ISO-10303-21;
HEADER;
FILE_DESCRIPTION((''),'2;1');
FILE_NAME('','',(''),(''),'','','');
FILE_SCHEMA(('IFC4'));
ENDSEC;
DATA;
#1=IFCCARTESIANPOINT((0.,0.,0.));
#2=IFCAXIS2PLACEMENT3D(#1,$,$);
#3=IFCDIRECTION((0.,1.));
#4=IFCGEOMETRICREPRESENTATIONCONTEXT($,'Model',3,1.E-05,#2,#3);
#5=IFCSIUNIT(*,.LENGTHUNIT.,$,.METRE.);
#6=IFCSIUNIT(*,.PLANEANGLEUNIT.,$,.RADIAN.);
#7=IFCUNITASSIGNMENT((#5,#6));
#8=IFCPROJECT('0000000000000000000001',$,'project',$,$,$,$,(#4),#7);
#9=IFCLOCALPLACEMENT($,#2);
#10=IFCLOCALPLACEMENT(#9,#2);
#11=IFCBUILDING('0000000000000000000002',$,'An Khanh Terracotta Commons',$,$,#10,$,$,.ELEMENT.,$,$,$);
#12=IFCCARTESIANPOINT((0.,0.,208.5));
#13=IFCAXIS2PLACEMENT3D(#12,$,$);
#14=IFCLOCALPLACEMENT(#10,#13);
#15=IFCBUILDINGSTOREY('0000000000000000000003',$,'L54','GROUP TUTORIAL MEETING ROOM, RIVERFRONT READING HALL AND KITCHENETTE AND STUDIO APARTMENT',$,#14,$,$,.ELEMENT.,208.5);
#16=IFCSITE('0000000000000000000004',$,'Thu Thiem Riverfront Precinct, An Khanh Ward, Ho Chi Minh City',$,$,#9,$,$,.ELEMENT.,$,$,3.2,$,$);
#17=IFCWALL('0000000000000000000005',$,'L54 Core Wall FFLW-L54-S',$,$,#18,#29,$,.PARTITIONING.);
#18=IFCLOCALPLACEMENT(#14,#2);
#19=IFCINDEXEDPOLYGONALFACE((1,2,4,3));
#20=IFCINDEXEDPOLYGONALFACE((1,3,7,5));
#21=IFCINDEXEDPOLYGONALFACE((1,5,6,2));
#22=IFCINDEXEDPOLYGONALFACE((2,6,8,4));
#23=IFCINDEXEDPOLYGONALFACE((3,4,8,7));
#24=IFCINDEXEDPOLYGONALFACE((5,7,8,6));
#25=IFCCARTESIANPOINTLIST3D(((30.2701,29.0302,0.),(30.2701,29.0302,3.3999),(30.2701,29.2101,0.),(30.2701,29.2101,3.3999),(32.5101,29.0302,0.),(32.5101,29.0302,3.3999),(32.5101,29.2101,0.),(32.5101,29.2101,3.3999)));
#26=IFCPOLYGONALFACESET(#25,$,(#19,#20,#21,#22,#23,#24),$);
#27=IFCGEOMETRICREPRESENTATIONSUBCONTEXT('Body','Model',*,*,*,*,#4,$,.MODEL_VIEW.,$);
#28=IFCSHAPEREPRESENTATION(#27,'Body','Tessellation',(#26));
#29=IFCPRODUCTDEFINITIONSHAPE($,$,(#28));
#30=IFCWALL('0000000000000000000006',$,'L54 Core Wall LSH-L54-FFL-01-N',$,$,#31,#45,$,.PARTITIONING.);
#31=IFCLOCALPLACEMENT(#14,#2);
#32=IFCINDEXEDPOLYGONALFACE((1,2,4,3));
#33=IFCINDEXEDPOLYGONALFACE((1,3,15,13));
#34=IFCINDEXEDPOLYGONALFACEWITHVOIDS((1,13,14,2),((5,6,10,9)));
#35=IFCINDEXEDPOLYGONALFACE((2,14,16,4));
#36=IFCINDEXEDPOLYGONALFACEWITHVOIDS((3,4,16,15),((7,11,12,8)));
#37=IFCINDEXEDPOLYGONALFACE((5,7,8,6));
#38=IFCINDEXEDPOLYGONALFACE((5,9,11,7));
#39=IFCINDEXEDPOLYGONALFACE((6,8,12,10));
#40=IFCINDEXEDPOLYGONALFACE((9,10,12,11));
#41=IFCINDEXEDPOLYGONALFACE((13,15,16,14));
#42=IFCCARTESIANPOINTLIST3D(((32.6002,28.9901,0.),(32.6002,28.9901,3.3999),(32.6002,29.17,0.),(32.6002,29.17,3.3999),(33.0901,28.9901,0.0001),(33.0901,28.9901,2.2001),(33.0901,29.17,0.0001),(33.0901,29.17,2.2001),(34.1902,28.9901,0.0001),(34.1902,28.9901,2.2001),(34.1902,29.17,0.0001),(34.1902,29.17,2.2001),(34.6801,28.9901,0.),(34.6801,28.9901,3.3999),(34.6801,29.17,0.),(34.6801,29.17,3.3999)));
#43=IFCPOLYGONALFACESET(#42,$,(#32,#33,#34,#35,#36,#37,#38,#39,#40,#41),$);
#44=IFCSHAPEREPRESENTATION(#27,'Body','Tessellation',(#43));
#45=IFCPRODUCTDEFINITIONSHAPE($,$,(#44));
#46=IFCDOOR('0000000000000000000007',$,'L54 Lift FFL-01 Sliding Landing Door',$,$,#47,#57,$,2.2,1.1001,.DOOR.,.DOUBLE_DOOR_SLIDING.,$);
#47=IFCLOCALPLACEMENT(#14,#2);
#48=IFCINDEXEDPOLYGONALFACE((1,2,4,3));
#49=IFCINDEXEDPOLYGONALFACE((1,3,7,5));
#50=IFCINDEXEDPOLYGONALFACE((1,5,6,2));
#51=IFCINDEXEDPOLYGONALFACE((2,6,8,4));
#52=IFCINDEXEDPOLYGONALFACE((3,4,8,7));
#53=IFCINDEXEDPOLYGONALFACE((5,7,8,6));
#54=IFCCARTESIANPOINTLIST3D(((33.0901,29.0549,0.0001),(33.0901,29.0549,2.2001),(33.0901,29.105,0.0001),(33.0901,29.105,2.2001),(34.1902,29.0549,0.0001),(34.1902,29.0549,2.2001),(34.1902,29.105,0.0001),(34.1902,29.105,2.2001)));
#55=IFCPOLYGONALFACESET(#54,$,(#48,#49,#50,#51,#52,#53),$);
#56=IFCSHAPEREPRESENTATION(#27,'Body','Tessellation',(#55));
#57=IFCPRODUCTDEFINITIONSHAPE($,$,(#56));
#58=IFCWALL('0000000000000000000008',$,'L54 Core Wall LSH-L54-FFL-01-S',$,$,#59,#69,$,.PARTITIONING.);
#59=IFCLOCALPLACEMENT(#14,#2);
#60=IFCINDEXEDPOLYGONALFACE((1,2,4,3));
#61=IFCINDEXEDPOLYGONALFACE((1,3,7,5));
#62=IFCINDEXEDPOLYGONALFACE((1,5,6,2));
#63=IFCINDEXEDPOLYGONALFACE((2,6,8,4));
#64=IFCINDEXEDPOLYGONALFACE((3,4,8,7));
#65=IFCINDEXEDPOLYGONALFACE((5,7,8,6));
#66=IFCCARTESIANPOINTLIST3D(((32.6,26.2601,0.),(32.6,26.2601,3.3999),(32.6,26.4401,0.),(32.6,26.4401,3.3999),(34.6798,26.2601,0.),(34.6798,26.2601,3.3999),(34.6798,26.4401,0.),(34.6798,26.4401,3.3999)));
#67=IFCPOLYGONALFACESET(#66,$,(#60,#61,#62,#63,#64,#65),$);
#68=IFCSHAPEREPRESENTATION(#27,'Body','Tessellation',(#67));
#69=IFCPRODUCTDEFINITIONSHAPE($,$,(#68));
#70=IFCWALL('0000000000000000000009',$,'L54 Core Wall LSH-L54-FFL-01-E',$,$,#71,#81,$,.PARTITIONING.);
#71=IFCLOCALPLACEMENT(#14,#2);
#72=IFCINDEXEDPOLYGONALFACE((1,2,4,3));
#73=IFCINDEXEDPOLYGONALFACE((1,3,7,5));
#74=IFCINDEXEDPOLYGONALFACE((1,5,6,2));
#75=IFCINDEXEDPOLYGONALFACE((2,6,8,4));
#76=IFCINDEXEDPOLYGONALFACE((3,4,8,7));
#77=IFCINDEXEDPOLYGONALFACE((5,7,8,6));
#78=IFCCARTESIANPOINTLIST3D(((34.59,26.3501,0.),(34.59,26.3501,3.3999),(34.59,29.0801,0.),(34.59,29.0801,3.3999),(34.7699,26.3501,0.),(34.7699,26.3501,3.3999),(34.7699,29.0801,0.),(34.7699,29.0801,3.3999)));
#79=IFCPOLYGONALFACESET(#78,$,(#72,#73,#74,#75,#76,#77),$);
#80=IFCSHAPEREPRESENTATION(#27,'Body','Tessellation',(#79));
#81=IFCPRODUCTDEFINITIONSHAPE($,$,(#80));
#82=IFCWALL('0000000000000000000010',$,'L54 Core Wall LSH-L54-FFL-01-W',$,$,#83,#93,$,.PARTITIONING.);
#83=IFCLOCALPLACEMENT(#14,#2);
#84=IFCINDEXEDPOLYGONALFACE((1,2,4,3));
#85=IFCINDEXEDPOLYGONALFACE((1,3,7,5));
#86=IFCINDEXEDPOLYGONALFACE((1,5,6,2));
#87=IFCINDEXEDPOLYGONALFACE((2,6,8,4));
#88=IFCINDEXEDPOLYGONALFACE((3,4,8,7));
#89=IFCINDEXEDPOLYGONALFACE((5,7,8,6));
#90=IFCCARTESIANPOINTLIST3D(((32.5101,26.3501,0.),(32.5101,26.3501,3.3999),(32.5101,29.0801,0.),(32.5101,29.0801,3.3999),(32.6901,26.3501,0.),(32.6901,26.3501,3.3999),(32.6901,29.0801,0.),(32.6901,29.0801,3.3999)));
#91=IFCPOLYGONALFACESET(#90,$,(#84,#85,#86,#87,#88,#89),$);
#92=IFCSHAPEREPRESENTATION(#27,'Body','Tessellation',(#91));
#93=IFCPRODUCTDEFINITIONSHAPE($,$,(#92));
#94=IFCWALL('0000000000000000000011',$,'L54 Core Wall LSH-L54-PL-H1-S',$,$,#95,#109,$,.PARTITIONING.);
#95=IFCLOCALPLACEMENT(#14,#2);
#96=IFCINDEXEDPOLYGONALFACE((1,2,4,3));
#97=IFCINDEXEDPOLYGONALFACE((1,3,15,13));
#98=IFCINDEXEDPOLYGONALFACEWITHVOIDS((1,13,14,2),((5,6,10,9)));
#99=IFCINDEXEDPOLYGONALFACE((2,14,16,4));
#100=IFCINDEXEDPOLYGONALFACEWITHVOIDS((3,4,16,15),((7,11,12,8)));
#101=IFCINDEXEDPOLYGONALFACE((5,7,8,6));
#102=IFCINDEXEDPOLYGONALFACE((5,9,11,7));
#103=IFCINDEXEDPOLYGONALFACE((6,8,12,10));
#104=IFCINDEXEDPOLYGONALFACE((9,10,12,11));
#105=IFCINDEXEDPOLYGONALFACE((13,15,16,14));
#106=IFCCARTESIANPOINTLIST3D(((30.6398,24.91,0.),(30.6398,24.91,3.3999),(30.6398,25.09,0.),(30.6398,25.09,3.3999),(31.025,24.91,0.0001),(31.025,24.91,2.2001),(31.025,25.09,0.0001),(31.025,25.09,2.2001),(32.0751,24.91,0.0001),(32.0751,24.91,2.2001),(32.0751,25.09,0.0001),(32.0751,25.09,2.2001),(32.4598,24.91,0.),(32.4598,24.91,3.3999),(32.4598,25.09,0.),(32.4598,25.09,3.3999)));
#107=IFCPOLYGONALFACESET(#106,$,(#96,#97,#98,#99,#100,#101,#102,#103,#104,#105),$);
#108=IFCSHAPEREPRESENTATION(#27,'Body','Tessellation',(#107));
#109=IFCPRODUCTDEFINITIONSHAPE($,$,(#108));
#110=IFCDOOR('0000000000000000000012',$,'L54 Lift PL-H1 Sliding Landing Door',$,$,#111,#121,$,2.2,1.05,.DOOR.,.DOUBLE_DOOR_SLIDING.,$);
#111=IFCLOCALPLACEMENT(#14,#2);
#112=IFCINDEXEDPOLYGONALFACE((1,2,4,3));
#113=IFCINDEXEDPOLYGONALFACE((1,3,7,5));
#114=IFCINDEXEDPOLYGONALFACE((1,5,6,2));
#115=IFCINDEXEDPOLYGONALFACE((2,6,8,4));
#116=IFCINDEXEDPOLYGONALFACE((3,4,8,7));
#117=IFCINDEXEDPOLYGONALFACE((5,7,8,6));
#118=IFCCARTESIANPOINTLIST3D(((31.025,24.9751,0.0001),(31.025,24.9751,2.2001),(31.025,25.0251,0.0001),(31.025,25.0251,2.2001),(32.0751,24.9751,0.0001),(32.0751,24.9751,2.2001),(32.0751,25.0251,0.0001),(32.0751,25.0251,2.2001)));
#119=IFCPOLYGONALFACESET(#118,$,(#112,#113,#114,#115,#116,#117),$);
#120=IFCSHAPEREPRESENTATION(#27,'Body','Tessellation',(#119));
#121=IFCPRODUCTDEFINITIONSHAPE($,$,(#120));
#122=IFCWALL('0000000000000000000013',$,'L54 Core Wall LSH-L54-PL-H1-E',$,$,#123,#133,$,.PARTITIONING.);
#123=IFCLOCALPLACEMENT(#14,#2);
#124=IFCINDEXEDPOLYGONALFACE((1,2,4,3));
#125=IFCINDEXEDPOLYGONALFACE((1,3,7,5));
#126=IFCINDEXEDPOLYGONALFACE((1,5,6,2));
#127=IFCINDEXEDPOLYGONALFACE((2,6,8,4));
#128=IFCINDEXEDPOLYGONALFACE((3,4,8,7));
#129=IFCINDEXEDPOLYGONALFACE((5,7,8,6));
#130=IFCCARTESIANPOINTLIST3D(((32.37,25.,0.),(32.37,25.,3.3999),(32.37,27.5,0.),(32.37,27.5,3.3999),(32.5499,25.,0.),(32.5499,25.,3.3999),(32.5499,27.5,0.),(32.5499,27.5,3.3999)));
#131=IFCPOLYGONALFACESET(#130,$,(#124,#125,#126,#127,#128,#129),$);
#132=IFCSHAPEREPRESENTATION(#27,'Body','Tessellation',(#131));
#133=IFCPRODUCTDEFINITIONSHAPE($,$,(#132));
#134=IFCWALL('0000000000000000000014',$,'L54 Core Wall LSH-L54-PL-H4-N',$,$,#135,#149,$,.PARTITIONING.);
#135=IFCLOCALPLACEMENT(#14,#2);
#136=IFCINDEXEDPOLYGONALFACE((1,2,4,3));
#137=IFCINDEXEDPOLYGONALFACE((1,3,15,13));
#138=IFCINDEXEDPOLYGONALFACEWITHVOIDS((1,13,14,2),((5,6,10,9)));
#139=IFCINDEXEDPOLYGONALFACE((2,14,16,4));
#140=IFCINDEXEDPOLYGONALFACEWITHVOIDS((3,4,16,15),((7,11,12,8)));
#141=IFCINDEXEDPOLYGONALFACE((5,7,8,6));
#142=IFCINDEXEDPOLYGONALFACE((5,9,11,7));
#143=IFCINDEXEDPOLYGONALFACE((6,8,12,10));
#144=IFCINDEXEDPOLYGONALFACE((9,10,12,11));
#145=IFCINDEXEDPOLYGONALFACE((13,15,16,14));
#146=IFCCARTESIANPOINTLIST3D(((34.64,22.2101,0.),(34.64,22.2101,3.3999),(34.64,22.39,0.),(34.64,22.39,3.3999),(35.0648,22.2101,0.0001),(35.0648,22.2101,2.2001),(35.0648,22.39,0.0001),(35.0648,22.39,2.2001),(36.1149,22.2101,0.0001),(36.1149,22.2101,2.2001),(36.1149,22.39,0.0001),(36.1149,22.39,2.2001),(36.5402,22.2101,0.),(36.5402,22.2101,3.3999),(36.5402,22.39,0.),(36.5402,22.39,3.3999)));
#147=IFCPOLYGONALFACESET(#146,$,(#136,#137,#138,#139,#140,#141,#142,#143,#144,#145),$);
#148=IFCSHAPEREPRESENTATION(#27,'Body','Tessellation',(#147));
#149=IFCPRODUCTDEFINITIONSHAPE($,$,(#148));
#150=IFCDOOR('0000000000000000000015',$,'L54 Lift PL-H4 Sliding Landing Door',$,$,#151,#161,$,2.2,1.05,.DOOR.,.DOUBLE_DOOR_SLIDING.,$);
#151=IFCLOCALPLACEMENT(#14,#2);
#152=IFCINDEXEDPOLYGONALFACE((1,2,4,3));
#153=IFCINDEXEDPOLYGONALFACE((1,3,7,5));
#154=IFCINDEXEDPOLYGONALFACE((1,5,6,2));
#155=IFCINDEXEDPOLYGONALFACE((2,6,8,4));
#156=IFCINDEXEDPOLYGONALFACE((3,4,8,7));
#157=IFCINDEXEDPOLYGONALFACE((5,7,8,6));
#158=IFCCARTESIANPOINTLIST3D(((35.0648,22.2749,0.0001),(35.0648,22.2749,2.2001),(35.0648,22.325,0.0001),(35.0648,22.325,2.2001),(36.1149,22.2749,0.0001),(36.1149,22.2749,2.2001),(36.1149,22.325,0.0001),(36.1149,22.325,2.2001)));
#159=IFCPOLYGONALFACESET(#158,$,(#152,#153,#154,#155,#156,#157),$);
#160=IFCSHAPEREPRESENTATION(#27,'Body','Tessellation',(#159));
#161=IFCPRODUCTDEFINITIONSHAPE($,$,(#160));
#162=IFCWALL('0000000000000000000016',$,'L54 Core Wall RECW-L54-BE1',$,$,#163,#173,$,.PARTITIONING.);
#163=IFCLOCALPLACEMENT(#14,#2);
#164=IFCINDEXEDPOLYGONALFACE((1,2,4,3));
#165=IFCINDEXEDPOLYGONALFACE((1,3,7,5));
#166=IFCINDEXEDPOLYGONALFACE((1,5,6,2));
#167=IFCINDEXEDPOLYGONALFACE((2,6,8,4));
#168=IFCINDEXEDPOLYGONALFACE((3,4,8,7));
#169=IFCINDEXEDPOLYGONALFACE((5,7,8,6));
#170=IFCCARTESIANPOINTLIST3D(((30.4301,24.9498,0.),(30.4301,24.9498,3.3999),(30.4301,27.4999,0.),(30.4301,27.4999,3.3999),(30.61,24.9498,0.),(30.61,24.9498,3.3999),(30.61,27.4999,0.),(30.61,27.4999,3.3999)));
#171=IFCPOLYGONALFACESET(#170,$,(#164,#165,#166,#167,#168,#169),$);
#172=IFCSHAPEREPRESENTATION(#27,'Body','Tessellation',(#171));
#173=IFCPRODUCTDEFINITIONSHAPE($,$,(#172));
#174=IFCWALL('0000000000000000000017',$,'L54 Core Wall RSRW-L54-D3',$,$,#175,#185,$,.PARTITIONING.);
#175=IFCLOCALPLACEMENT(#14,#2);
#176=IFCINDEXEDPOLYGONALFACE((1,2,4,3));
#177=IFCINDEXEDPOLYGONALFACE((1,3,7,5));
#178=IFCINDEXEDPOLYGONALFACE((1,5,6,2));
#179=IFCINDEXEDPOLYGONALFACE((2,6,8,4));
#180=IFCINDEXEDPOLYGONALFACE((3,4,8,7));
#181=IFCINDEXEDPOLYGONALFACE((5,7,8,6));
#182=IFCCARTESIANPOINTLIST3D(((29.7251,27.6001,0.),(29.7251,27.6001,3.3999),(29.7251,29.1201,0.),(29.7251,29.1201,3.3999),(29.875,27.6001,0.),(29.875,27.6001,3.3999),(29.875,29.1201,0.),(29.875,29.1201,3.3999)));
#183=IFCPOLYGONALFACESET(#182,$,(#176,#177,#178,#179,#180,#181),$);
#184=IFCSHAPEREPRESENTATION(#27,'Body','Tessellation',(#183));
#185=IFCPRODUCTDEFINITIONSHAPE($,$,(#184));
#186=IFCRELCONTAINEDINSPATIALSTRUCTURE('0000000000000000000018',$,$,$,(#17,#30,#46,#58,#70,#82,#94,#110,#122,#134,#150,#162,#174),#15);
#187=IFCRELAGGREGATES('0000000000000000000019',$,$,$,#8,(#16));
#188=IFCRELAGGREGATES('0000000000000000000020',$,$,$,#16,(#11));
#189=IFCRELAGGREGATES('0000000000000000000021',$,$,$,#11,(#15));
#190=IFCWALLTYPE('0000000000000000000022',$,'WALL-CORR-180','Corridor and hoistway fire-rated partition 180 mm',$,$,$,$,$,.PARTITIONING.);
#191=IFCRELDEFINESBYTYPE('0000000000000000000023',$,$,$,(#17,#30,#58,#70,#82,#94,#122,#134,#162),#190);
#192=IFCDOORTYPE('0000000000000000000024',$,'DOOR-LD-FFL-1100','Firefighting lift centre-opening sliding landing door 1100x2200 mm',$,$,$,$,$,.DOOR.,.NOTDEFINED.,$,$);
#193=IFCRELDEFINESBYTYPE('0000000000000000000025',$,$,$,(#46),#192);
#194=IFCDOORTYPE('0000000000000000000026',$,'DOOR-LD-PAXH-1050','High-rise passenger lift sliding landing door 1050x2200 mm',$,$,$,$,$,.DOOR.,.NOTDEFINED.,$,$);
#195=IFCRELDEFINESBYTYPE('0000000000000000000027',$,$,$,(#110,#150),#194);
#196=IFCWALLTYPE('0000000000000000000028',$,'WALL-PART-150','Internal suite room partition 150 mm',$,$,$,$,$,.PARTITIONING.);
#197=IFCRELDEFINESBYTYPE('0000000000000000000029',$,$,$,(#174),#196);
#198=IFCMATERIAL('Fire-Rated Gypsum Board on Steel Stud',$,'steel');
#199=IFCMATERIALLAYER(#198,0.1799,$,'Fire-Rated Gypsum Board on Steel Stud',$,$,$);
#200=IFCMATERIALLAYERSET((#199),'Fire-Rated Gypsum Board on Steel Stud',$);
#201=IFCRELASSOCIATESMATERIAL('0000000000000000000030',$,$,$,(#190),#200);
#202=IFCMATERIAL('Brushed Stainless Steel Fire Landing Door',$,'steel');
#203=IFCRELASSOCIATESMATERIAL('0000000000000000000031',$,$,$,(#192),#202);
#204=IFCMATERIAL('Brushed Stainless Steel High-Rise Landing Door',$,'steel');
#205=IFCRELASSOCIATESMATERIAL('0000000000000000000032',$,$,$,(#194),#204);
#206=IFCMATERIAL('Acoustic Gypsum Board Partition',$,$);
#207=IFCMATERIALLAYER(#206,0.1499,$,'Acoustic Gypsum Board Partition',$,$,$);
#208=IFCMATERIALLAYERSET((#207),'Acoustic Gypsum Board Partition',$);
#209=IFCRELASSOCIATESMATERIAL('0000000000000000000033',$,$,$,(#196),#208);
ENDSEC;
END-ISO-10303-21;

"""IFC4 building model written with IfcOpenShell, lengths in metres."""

from ifc_helpers import new_model, si_unit, direction, frame, frame_2d, origin, place, context, subcontext, project, spatial, rectangle, extrude, material, layer, layer_set, type_object, element, fill, save


model = new_model("IFC4")

# Units and contexts
model_context = context("Model", 3, precision=1e-05, world=origin(), true_north=direction((0.0, 1.0)))
body_context = subcontext(model_context, "Body", "Model", "MODEL_VIEW")
ifc_project = project(units=[si_unit("LENGTHUNIT", "METRE"), si_unit("PLANEANGLEUNIT", "RADIAN")], contexts=[model_context])

# Site, building, storey
site_placement = place(None, origin())
site = spatial("IfcSite", under=ifc_project, at=site_placement, Name="Thu Thiem Riverfront Precinct, An Khanh Ward, Ho Chi Minh City", CompositionType="ELEMENT", RefElevation=3.2)
building_placement = place(site_placement, origin())
building = spatial("IfcBuilding", under=site, at=building_placement, Name="An Khanh Terracotta Commons", CompositionType="ELEMENT")
storey_placement = place(building_placement, frame((0.0, 0.0, 208.5)))
storey = spatial("IfcBuildingStorey", under=building, at=storey_placement, Name="L54", Description="GROUP TUTORIAL MEETING ROOM, RIVERFRONT READING HALL AND KITCHENETTE AND STUDIO APARTMENT", CompositionType="ELEMENT", Elevation=208.5)

# Wall
ifc_material_1 = material(Name="Fire-Rated Gypsum Board on Steel Stud", Category="steel")
ifc_layer_1 = layer(ifc_material_1, 0.1799, Name="Fire-Rated Gypsum Board on Steel Stud")
ifc_layer_set_1 = layer_set([ifc_layer_1], Name="Fire-Rated Gypsum Board on Steel Stud")
wall_type_1 = type_object("IfcWallType", Name="WALL-CORR-180", Description="Corridor and hoistway fire-rated partition 180 mm", PredefinedType="PARTITIONING", material=ifc_layer_set_1)
wall_1_placement = place(storey_placement, frame((30.27, 29.1201, 0.0), z_axis=(0.0, 0.0, 1.0), x_axis=(1.0, 0.0, 0.0)))
element("IfcWall", 1, at=wall_1_placement, inside=storey, type_object=wall_type_1, Name="L54 Core Wall FFLW-L54-S", PredefinedType="PARTITIONING", context=body_context, shape_type="SweptSolid", body=[
    extrude(rectangle(XDim=2.24, YDim=0.1799, at=frame_2d((1.1201, 0.0))), origin(), (0.0, 0.0, 1.0), 3.3999),
])

# Wall, opening, door
wall_2_placement = place(storey_placement, frame((32.6001, 29.0801, 0.0), z_axis=(0.0, 0.0, 1.0), x_axis=(1.0, 0.0, 0.0)))
wall_2 = element("IfcWall", 2, at=wall_2_placement, inside=storey, type_object=wall_type_1, Name="L54 Core Wall LSH-L54-FFL-01-N", PredefinedType="PARTITIONING", context=body_context, shape_type="SweptSolid", body=[
    extrude(rectangle(XDim=2.0798, YDim=0.1799, at=frame_2d((1.04, 0.0))), origin(), (0.0, 0.0, 1.0), 3.3999),
])
opening_1_placement = place(wall_2_placement, frame((0.49, 0.0, 0.0)))
opening_1 = element("IfcOpeningElement", 3, at=opening_1_placement, cuts=wall_2, PredefinedType="OPENING", context=body_context, shape_type="SweptSolid", body=[
    extrude(rectangle(XDim=1.1001, YDim=2.2, at=frame_2d((0.55, 1.1001))), frame((0.0, 0.0999, 0.0), z_axis=(0.0, -1.0, 0.0), x_axis=(1.0, 0.0, 0.0)), (0.0, 0.0, 1.0), 0.2),
])
ifc_material_2 = material(Name="Brushed Stainless Steel Fire Landing Door", Category="steel")
door_type_1 = type_object("IfcDoorType", Name="DOOR-LD-FFL-1100", Description="Firefighting lift centre-opening sliding landing door 1100x2200 mm", OperationType="NOTDEFINED", PredefinedType="DOOR", material=ifc_material_2)
door_1_placement = place(opening_1_placement, origin())
door_1 = element("IfcDoor", 4, at=door_1_placement, inside=storey, type_object=door_type_1, Name="L54 Lift FFL-01 Sliding Landing Door", OperationType="DOUBLE_DOOR_SLIDING", OverallHeight=2.2, OverallWidth=1.1001, PredefinedType="DOOR", context=body_context, shape_type="SweptSolid", body=[
    extrude(rectangle(XDim=1.1001, YDim=2.2, at=frame_2d((0.55, 1.1001))), frame((0.0, 0.0249, 0.0), z_axis=(0.0, -1.0, 0.0), x_axis=(1.0, 0.0, 0.0)), (0.0, 0.0, 1.0), 0.05),
])
fill(opening_1, door_1)

# Walls
wall_3_placement = place(storey_placement, frame((34.6799, 26.3501, 0.0), z_axis=(0.0, 0.0, 1.0), x_axis=(-1.0, 0.0, 0.0)))
element("IfcWall", 5, at=wall_3_placement, inside=storey, type_object=wall_type_1, Name="L54 Core Wall LSH-L54-FFL-01-S", PredefinedType="PARTITIONING", context=body_context, shape_type="SweptSolid", body=[
    extrude(rectangle(XDim=2.0798, YDim=0.1799, at=frame_2d((1.04, 0.0))), origin(), (0.0, 0.0, 1.0), 3.3999),
])
for number, where, z_axis, x_axis, name in (
    (6, (34.6799, 26.3501, 0.0), (0.0, 0.0, 1.0), (0.0, 1.0, 0.0), "L54 Core Wall LSH-L54-FFL-01-E"),
    (7, (32.6001, 29.0801, 0.0), (0.0, 0.0, 1.0), (0.0, -1.0, 0.0), "L54 Core Wall LSH-L54-FFL-01-W"),
):
    element("IfcWall", number, at=place(storey_placement, frame(where, z_axis=z_axis, x_axis=x_axis)), inside=storey, type_object=wall_type_1, Name=name, PredefinedType="PARTITIONING", context=body_context, shape_type="SweptSolid", body=[
        extrude(rectangle(XDim=2.73, YDim=0.1799, at=frame_2d((1.365, 0.0))), origin(), (0.0, 0.0, 1.0), 3.3999),
    ])

# Wall, opening, door
wall_4_placement = place(storey_placement, frame((32.46, 25.0, 0.0), z_axis=(0.0, 0.0, 1.0), x_axis=(-1.0, 0.0, 0.0)))
wall_4 = element("IfcWall", 8, at=wall_4_placement, inside=storey, type_object=wall_type_1, Name="L54 Core Wall LSH-L54-PL-H1-S", PredefinedType="PARTITIONING", context=body_context, shape_type="SweptSolid", body=[
    extrude(rectangle(XDim=1.8201, YDim=0.1799, at=frame_2d((0.9102, 0.0))), origin(), (0.0, 0.0, 1.0), 3.3999),
])
opening_2_placement = place(wall_4_placement, frame((0.385, 0.0, 0.0)))
opening_2 = element("IfcOpeningElement", 9, at=opening_2_placement, cuts=wall_4, PredefinedType="OPENING", context=body_context, shape_type="SweptSolid", body=[
    extrude(rectangle(XDim=1.05, YDim=2.2, at=frame_2d((0.5249, 1.1001))), frame((0.0, 0.0999, 0.0), z_axis=(0.0, -1.0, 0.0), x_axis=(1.0, 0.0, 0.0)), (0.0, 0.0, 1.0), 0.2),
])
ifc_material_3 = material(Name="Brushed Stainless Steel High-Rise Landing Door", Category="steel")
door_type_2 = type_object("IfcDoorType", Name="DOOR-LD-PAXH-1050", Description="High-rise passenger lift sliding landing door 1050x2200 mm", OperationType="NOTDEFINED", PredefinedType="DOOR", material=ifc_material_3)
door_2_placement = place(opening_2_placement, origin())
door_2 = element("IfcDoor", 10, at=door_2_placement, inside=storey, type_object=door_type_2, Name="L54 Lift PL-H1 Sliding Landing Door", OperationType="DOUBLE_DOOR_SLIDING", OverallHeight=2.2, OverallWidth=1.05, PredefinedType="DOOR", context=body_context, shape_type="SweptSolid", body=[
    extrude(rectangle(XDim=1.05, YDim=2.2, at=frame_2d((0.5249, 1.1001))), frame((0.0, 0.0249, 0.0), z_axis=(0.0, -1.0, 0.0), x_axis=(1.0, 0.0, 0.0)), (0.0, 0.0, 1.0), 0.05),
])
fill(opening_2, door_2)

# Wall
wall_5_placement = place(storey_placement, frame((32.46, 25.0, 0.0), z_axis=(0.0, 0.0, 1.0), x_axis=(0.0, 1.0, 0.0)))
element("IfcWall", 11, at=wall_5_placement, inside=storey, type_object=wall_type_1, Name="L54 Core Wall LSH-L54-PL-H1-E", PredefinedType="PARTITIONING", context=body_context, shape_type="SweptSolid", body=[
    extrude(rectangle(XDim=2.5, YDim=0.1799, at=frame_2d((1.25, 0.0))), origin(), (0.0, 0.0, 1.0), 3.3999),
])

# Wall, opening, door
wall_6_placement = place(storey_placement, frame((34.6399, 22.3, 0.0), z_axis=(0.0, 0.0, 1.0), x_axis=(1.0, 0.0, 0.0)))
wall_6 = element("IfcWall", 12, at=wall_6_placement, inside=storey, type_object=wall_type_1, Name="L54 Core Wall LSH-L54-PL-H4-N", PredefinedType="PARTITIONING", context=body_context, shape_type="SweptSolid", body=[
    extrude(rectangle(XDim=1.9001, YDim=0.1799, at=frame_2d((0.9502, 0.0))), origin(), (0.0, 0.0, 1.0), 3.3999),
])
opening_3_placement = place(wall_6_placement, frame((0.425, 0.0, 0.0)))
opening_3 = element("IfcOpeningElement", 13, at=opening_3_placement, cuts=wall_6, PredefinedType="OPENING", context=body_context, shape_type="SweptSolid", body=[
    extrude(rectangle(XDim=1.05, YDim=2.2, at=frame_2d((0.5249, 1.1001))), frame((0.0, 0.0999, 0.0), z_axis=(0.0, -1.0, 0.0), x_axis=(1.0, 0.0, 0.0)), (0.0, 0.0, 1.0), 0.2),
])
door_3_placement = place(opening_3_placement, origin())
door_3 = element("IfcDoor", 14, at=door_3_placement, inside=storey, type_object=door_type_2, Name="L54 Lift PL-H4 Sliding Landing Door", OperationType="DOUBLE_DOOR_SLIDING", OverallHeight=2.2, OverallWidth=1.05, PredefinedType="DOOR", context=body_context, shape_type="SweptSolid", body=[
    extrude(rectangle(XDim=1.05, YDim=2.2, at=frame_2d((0.5249, 1.1001))), frame((0.0, 0.0249, 0.0), z_axis=(0.0, -1.0, 0.0), x_axis=(1.0, 0.0, 0.0)), (0.0, 0.0, 1.0), 0.05),
])
fill(opening_3, door_3)

# Walls
wall_7_placement = place(storey_placement, frame((30.52, 24.95, 0.0), z_axis=(0.0, 0.0, 1.0), x_axis=(0.0, 1.0, 0.0)))
element("IfcWall", 15, at=wall_7_placement, inside=storey, type_object=wall_type_1, Name="L54 Core Wall RECW-L54-BE1", PredefinedType="PARTITIONING", context=body_context, shape_type="SweptSolid", body=[
    extrude(rectangle(XDim=2.55, YDim=0.1799, at=frame_2d((1.2749, 0.0))), origin(), (0.0, 0.0, 1.0), 3.3999),
])
ifc_material_4 = material(Name="Acoustic Gypsum Board Partition")
ifc_layer_2 = layer(ifc_material_4, 0.1499, Name="Acoustic Gypsum Board Partition")
ifc_layer_set_2 = layer_set([ifc_layer_2], Name="Acoustic Gypsum Board Partition")
wall_type_2 = type_object("IfcWallType", Name="WALL-PART-150", Description="Internal suite room partition 150 mm", PredefinedType="PARTITIONING", material=ifc_layer_set_2)
wall_8_placement = place(storey_placement, frame((29.8, 27.6001, 0.0), z_axis=(0.0, 0.0, 1.0), x_axis=(0.0, 1.0, 0.0)))
element("IfcWall", 16, at=wall_8_placement, inside=storey, type_object=wall_type_2, Name="L54 Core Wall RSRW-L54-D3", PredefinedType="PARTITIONING", context=body_context, shape_type="SweptSolid", body=[
    extrude(rectangle(XDim=1.52, YDim=0.1499, at=frame_2d((0.76, 0.0))), origin(), (0.0, 0.0, 1.0), 3.3999),
])

save(model, "model.ifc")
